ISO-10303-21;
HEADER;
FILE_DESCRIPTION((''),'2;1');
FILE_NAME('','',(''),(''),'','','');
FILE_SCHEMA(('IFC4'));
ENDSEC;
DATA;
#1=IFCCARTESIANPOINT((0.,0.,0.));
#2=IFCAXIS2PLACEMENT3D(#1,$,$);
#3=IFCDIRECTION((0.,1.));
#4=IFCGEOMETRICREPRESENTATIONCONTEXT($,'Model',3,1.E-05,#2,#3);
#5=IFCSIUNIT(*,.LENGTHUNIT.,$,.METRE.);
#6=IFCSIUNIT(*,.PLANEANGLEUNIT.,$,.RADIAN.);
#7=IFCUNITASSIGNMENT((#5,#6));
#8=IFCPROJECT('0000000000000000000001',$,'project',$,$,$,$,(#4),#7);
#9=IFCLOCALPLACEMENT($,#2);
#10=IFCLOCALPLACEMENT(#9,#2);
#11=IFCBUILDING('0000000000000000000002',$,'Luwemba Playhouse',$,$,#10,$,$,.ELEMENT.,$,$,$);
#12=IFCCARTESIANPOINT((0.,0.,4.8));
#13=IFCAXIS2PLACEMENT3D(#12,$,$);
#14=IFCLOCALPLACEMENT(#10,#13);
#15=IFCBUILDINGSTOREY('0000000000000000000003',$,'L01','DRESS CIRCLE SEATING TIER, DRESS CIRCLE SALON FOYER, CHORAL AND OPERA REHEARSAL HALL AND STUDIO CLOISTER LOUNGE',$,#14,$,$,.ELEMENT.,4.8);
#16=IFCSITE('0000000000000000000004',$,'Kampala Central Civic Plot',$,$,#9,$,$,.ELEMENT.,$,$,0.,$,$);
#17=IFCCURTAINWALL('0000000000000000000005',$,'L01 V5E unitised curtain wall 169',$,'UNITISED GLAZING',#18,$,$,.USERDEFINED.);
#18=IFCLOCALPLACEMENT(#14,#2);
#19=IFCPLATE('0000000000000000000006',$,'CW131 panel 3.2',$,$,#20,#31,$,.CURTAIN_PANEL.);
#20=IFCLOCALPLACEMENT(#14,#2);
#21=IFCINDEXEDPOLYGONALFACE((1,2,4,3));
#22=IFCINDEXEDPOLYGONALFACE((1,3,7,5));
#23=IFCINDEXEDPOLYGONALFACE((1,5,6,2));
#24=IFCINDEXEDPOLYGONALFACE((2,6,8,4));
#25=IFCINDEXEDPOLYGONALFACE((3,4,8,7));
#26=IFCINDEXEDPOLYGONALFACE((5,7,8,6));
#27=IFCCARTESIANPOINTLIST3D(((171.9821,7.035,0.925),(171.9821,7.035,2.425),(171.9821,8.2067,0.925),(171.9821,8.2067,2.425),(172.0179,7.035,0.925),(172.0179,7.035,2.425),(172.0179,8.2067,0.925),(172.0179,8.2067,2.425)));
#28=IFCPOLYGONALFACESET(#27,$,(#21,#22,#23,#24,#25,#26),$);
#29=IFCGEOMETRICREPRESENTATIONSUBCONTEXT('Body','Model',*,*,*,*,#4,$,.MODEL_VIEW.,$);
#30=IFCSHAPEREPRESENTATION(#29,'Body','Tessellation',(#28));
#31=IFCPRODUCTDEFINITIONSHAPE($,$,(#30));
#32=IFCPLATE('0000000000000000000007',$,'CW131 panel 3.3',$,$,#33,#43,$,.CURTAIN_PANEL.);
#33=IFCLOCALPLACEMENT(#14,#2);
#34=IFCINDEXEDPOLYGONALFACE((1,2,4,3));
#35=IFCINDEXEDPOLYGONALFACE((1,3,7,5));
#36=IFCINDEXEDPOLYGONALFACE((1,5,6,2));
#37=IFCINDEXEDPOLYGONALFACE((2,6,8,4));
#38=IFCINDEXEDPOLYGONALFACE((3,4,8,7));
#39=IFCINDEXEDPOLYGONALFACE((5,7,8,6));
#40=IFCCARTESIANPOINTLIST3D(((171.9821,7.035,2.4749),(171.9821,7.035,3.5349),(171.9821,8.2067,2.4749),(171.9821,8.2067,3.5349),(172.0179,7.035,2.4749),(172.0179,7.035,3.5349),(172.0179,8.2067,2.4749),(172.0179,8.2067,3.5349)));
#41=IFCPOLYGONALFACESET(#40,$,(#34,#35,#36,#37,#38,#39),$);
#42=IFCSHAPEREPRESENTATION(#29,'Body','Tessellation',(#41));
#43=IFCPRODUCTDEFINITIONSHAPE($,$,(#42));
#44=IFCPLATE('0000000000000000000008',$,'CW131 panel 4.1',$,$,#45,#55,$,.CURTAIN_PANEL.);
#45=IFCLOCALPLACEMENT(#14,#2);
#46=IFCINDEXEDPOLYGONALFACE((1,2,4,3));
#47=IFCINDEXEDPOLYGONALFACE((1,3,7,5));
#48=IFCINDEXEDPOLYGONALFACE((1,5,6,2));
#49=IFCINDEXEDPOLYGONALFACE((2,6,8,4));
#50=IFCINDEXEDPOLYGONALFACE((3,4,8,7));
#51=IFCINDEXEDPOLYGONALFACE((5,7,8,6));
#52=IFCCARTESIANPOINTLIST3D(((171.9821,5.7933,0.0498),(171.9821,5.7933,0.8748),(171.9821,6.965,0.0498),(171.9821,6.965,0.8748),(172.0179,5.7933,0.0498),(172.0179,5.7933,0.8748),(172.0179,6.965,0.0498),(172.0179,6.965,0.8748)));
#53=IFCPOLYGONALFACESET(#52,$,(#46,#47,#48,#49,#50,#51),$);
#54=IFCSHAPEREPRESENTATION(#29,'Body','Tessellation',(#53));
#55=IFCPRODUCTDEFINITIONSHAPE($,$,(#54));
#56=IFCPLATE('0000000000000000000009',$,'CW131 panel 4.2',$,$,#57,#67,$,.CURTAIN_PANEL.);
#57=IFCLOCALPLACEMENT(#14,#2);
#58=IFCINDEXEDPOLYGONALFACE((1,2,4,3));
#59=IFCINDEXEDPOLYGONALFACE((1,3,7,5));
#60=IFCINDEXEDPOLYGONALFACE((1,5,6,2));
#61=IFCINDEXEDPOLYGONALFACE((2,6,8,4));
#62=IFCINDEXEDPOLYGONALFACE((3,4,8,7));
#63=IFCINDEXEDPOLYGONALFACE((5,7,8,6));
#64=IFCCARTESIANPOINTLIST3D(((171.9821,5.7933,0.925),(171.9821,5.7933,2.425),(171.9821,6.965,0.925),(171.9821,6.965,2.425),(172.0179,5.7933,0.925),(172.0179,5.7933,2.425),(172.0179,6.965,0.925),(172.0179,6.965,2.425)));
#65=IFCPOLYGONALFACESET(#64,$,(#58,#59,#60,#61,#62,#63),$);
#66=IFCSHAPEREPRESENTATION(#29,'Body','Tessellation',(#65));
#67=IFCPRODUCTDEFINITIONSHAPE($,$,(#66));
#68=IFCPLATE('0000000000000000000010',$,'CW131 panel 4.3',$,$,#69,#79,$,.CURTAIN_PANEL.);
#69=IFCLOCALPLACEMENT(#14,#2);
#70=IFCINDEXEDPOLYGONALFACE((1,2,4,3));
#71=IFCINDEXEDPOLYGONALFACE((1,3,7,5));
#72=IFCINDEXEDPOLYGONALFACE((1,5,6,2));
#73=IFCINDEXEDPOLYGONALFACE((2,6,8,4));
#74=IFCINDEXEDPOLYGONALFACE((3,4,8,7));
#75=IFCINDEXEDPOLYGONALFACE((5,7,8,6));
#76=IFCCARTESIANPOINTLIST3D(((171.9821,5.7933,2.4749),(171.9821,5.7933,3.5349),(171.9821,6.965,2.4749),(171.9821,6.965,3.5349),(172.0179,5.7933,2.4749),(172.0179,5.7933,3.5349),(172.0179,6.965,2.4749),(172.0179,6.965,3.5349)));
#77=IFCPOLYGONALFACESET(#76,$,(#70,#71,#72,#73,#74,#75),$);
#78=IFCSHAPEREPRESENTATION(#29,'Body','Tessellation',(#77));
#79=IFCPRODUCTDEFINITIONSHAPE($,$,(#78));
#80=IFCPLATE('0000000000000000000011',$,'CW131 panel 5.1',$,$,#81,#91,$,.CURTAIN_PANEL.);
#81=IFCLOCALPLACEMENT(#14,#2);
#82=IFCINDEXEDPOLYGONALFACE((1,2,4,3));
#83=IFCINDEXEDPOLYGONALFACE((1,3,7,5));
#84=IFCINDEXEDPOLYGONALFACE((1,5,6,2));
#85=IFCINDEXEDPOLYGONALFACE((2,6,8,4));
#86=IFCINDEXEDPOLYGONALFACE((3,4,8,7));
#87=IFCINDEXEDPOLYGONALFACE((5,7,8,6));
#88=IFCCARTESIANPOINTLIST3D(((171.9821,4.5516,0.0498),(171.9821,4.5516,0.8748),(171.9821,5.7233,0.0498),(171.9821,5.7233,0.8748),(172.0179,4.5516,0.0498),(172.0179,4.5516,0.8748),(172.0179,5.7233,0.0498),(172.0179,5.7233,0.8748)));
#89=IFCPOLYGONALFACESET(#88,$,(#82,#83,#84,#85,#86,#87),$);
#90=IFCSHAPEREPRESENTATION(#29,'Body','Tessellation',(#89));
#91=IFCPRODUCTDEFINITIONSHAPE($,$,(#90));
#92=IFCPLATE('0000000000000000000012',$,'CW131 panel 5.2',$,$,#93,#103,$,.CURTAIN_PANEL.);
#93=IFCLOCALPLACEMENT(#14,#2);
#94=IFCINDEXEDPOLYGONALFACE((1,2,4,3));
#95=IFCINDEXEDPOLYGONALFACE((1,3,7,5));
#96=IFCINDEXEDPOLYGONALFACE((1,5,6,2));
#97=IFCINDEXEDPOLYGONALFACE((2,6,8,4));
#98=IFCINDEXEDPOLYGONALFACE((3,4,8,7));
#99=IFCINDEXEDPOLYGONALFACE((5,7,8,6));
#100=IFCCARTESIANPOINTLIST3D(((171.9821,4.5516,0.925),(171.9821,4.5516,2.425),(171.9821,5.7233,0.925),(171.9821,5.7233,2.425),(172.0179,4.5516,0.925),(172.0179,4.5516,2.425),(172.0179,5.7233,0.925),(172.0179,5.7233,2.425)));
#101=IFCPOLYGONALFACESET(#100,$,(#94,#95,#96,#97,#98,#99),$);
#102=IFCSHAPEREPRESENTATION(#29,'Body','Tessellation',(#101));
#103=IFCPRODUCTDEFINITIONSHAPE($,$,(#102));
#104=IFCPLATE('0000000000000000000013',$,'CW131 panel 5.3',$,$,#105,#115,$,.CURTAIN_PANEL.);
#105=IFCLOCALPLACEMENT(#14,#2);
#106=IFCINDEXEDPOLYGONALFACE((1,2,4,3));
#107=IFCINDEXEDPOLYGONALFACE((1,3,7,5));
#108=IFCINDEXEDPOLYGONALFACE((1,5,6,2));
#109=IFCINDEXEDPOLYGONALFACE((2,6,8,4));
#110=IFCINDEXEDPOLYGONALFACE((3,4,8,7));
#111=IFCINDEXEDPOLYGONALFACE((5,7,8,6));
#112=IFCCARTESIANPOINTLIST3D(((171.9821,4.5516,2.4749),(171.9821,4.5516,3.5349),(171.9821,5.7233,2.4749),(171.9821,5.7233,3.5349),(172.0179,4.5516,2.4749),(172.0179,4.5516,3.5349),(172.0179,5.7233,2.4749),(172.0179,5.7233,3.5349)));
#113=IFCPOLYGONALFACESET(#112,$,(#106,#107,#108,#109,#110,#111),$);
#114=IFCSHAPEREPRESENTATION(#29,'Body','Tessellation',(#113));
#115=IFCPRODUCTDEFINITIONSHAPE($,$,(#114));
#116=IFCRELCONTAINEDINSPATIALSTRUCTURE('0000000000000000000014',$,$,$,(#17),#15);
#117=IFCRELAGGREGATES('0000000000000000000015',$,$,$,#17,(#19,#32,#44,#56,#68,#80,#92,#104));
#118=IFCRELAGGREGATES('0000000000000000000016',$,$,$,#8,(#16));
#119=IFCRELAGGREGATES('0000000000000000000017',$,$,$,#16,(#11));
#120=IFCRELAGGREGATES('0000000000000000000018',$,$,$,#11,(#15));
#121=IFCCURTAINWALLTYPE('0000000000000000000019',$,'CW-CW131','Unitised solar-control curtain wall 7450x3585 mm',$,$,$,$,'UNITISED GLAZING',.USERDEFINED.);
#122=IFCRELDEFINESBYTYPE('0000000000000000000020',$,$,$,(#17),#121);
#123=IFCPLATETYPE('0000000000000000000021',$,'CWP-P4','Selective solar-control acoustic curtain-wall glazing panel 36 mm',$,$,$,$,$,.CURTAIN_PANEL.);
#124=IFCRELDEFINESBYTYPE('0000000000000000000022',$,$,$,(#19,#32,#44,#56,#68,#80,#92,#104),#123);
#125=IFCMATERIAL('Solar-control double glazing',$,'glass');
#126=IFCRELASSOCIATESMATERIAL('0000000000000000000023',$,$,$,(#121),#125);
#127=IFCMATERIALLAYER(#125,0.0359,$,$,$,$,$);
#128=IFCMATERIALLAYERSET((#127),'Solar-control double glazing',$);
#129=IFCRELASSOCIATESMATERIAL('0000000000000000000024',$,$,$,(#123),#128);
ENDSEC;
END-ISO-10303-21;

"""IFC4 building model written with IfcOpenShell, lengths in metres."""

from ifc_helpers import new_model, si_unit, direction, frame, origin, origin_2d, place, context, subcontext, project, spatial, rectangle, extrude, material, layer, layer_set, type_object, element, aggregate, save


model = new_model("IFC4")

# Units and contexts
model_context = context("Model", 3, precision=1e-05, world=origin(), true_north=direction((0.0, 1.0)))
body_context = subcontext(model_context, "Body", "Model", "MODEL_VIEW")
ifc_project = project(units=[si_unit("LENGTHUNIT", "METRE"), si_unit("PLANEANGLEUNIT", "RADIAN")], contexts=[model_context])

# Site, building, storey
site_placement = place(None, origin())
site = spatial("IfcSite", under=ifc_project, at=site_placement, Name="Kampala Central Civic Plot", CompositionType="ELEMENT", RefElevation=0.0)
building_placement = place(site_placement, origin())
building = spatial("IfcBuilding", under=site, at=building_placement, Name="Luwemba Playhouse", CompositionType="ELEMENT")
storey_placement = place(building_placement, frame((0.0, 0.0, 4.8)))
storey = spatial("IfcBuildingStorey", under=building, at=storey_placement, Name="L01", Description="DRESS CIRCLE SEATING TIER, DRESS CIRCLE SALON FOYER, CHORAL AND OPERA REHEARSAL HALL AND STUDIO CLOISTER LOUNGE", CompositionType="ELEMENT", Elevation=4.8)

# Curtain wall, plates
ifc_material_1 = material(Name="Solar-control double glazing", Category="glass")
curtain_wall_type = type_object("IfcCurtainWallType", Name="CW-CW131", Description="Unitised solar-control curtain wall 7450x3585 mm", ElementType="UNITISED GLAZING", PredefinedType="USERDEFINED", material=ifc_material_1)
curtain_wall_placement = place(storey_placement, origin())
curtain_wall = element("IfcCurtainWall", 1, at=curtain_wall_placement, inside=storey, type_object=curtain_wall_type, Name="L01 V5E unitised curtain wall 169", ObjectType="UNITISED GLAZING", PredefinedType="USERDEFINED")
ifc_layer = layer(ifc_material_1, 0.0359)
ifc_layer_set = layer_set([ifc_layer], Name="Solar-control double glazing")
plate_type = type_object("IfcPlateType", Name="CWP-P4", Description="Selective solar-control acoustic curtain-wall glazing panel 36 mm", PredefinedType="CURTAIN_PANEL", material=ifc_layer_set)
plate_1_placement = place(storey_placement, frame((172.0, 7.6208, 0.925), z_axis=(0.0, 0.0, 1.0), x_axis=(0.0, -1.0, 0.0)))
plate_1 = element("IfcPlate", 2, at=plate_1_placement, type_object=plate_type, Name="CW131 panel 3.2", PredefinedType="CURTAIN_PANEL", context=body_context, shape_type="SweptSolid", body=[
    extrude(rectangle(XDim=1.1716, YDim=0.0359, at=origin_2d()), origin(), (0.0, 0.0, 1.0), 1.5),
])
plate_2_placement = place(storey_placement, frame((172.0, 7.6208, 2.4749), z_axis=(0.0, 0.0, 1.0), x_axis=(0.0, -1.0, 0.0)))
plate_2 = element("IfcPlate", 3, at=plate_2_placement, type_object=plate_type, Name="CW131 panel 3.3", PredefinedType="CURTAIN_PANEL", context=body_context, shape_type="SweptSolid", body=[
    extrude(rectangle(XDim=1.1716, YDim=0.0359, at=origin_2d()), origin(), (0.0, 0.0, 1.0), 1.0601),
])
plate_3_placement = place(storey_placement, frame((172.0, 6.3792, 0.0498), z_axis=(0.0, 0.0, 1.0), x_axis=(0.0, -1.0, 0.0)))
plate_3 = element("IfcPlate", 4, at=plate_3_placement, type_object=plate_type, Name="CW131 panel 4.1", PredefinedType="CURTAIN_PANEL", context=body_context, shape_type="SweptSolid", body=[
    extrude(rectangle(XDim=1.1716, YDim=0.0359, at=origin_2d()), origin(), (0.0, 0.0, 1.0), 0.825),
])
plate_4_placement = place(storey_placement, frame((172.0, 6.3792, 0.925), z_axis=(0.0, 0.0, 1.0), x_axis=(0.0, -1.0, 0.0)))
plate_4 = element("IfcPlate", 5, at=plate_4_placement, type_object=plate_type, Name="CW131 panel 4.2", PredefinedType="CURTAIN_PANEL", context=body_context, shape_type="SweptSolid", body=[
    extrude(rectangle(XDim=1.1716, YDim=0.0359, at=origin_2d()), origin(), (0.0, 0.0, 1.0), 1.5),
])
plate_5_placement = place(storey_placement, frame((172.0, 6.3792, 2.4749), z_axis=(0.0, 0.0, 1.0), x_axis=(0.0, -1.0, 0.0)))
plate_5 = element("IfcPlate", 6, at=plate_5_placement, type_object=plate_type, Name="CW131 panel 4.3", PredefinedType="CURTAIN_PANEL", context=body_context, shape_type="SweptSolid", body=[
    extrude(rectangle(XDim=1.1716, YDim=0.0359, at=origin_2d()), origin(), (0.0, 0.0, 1.0), 1.0601),
])
plate_6_placement = place(storey_placement, frame((172.0, 5.1375, 0.0498), z_axis=(0.0, 0.0, 1.0), x_axis=(0.0, -1.0, 0.0)))
plate_6 = element("IfcPlate", 7, at=plate_6_placement, type_object=plate_type, Name="CW131 panel 5.1", PredefinedType="CURTAIN_PANEL", context=body_context, shape_type="SweptSolid", body=[
    extrude(rectangle(XDim=1.1716, YDim=0.0359, at=origin_2d()), origin(), (0.0, 0.0, 1.0), 0.825),
])
plate_7_placement = place(storey_placement, frame((172.0, 5.1375, 0.925), z_axis=(0.0, 0.0, 1.0), x_axis=(0.0, -1.0, 0.0)))
plate_7 = element("IfcPlate", 8, at=plate_7_placement, type_object=plate_type, Name="CW131 panel 5.2", PredefinedType="CURTAIN_PANEL", context=body_context, shape_type="SweptSolid", body=[
    extrude(rectangle(XDim=1.1716, YDim=0.0359, at=origin_2d()), origin(), (0.0, 0.0, 1.0), 1.5),
])
plate_8_placement = place(storey_placement, frame((172.0, 5.1375, 2.4749), z_axis=(0.0, 0.0, 1.0), x_axis=(0.0, -1.0, 0.0)))
plate_8 = element("IfcPlate", 9, at=plate_8_placement, type_object=plate_type, Name="CW131 panel 5.3", PredefinedType="CURTAIN_PANEL", context=body_context, shape_type="SweptSolid", body=[
    extrude(rectangle(XDim=1.1716, YDim=0.0359, at=origin_2d()), origin(), (0.0, 0.0, 1.0), 1.0601),
])
aggregate(curtain_wall, [plate_1, plate_2, plate_3, plate_4, plate_5, plate_6, plate_7, plate_8])

save(model, "model.ifc")
